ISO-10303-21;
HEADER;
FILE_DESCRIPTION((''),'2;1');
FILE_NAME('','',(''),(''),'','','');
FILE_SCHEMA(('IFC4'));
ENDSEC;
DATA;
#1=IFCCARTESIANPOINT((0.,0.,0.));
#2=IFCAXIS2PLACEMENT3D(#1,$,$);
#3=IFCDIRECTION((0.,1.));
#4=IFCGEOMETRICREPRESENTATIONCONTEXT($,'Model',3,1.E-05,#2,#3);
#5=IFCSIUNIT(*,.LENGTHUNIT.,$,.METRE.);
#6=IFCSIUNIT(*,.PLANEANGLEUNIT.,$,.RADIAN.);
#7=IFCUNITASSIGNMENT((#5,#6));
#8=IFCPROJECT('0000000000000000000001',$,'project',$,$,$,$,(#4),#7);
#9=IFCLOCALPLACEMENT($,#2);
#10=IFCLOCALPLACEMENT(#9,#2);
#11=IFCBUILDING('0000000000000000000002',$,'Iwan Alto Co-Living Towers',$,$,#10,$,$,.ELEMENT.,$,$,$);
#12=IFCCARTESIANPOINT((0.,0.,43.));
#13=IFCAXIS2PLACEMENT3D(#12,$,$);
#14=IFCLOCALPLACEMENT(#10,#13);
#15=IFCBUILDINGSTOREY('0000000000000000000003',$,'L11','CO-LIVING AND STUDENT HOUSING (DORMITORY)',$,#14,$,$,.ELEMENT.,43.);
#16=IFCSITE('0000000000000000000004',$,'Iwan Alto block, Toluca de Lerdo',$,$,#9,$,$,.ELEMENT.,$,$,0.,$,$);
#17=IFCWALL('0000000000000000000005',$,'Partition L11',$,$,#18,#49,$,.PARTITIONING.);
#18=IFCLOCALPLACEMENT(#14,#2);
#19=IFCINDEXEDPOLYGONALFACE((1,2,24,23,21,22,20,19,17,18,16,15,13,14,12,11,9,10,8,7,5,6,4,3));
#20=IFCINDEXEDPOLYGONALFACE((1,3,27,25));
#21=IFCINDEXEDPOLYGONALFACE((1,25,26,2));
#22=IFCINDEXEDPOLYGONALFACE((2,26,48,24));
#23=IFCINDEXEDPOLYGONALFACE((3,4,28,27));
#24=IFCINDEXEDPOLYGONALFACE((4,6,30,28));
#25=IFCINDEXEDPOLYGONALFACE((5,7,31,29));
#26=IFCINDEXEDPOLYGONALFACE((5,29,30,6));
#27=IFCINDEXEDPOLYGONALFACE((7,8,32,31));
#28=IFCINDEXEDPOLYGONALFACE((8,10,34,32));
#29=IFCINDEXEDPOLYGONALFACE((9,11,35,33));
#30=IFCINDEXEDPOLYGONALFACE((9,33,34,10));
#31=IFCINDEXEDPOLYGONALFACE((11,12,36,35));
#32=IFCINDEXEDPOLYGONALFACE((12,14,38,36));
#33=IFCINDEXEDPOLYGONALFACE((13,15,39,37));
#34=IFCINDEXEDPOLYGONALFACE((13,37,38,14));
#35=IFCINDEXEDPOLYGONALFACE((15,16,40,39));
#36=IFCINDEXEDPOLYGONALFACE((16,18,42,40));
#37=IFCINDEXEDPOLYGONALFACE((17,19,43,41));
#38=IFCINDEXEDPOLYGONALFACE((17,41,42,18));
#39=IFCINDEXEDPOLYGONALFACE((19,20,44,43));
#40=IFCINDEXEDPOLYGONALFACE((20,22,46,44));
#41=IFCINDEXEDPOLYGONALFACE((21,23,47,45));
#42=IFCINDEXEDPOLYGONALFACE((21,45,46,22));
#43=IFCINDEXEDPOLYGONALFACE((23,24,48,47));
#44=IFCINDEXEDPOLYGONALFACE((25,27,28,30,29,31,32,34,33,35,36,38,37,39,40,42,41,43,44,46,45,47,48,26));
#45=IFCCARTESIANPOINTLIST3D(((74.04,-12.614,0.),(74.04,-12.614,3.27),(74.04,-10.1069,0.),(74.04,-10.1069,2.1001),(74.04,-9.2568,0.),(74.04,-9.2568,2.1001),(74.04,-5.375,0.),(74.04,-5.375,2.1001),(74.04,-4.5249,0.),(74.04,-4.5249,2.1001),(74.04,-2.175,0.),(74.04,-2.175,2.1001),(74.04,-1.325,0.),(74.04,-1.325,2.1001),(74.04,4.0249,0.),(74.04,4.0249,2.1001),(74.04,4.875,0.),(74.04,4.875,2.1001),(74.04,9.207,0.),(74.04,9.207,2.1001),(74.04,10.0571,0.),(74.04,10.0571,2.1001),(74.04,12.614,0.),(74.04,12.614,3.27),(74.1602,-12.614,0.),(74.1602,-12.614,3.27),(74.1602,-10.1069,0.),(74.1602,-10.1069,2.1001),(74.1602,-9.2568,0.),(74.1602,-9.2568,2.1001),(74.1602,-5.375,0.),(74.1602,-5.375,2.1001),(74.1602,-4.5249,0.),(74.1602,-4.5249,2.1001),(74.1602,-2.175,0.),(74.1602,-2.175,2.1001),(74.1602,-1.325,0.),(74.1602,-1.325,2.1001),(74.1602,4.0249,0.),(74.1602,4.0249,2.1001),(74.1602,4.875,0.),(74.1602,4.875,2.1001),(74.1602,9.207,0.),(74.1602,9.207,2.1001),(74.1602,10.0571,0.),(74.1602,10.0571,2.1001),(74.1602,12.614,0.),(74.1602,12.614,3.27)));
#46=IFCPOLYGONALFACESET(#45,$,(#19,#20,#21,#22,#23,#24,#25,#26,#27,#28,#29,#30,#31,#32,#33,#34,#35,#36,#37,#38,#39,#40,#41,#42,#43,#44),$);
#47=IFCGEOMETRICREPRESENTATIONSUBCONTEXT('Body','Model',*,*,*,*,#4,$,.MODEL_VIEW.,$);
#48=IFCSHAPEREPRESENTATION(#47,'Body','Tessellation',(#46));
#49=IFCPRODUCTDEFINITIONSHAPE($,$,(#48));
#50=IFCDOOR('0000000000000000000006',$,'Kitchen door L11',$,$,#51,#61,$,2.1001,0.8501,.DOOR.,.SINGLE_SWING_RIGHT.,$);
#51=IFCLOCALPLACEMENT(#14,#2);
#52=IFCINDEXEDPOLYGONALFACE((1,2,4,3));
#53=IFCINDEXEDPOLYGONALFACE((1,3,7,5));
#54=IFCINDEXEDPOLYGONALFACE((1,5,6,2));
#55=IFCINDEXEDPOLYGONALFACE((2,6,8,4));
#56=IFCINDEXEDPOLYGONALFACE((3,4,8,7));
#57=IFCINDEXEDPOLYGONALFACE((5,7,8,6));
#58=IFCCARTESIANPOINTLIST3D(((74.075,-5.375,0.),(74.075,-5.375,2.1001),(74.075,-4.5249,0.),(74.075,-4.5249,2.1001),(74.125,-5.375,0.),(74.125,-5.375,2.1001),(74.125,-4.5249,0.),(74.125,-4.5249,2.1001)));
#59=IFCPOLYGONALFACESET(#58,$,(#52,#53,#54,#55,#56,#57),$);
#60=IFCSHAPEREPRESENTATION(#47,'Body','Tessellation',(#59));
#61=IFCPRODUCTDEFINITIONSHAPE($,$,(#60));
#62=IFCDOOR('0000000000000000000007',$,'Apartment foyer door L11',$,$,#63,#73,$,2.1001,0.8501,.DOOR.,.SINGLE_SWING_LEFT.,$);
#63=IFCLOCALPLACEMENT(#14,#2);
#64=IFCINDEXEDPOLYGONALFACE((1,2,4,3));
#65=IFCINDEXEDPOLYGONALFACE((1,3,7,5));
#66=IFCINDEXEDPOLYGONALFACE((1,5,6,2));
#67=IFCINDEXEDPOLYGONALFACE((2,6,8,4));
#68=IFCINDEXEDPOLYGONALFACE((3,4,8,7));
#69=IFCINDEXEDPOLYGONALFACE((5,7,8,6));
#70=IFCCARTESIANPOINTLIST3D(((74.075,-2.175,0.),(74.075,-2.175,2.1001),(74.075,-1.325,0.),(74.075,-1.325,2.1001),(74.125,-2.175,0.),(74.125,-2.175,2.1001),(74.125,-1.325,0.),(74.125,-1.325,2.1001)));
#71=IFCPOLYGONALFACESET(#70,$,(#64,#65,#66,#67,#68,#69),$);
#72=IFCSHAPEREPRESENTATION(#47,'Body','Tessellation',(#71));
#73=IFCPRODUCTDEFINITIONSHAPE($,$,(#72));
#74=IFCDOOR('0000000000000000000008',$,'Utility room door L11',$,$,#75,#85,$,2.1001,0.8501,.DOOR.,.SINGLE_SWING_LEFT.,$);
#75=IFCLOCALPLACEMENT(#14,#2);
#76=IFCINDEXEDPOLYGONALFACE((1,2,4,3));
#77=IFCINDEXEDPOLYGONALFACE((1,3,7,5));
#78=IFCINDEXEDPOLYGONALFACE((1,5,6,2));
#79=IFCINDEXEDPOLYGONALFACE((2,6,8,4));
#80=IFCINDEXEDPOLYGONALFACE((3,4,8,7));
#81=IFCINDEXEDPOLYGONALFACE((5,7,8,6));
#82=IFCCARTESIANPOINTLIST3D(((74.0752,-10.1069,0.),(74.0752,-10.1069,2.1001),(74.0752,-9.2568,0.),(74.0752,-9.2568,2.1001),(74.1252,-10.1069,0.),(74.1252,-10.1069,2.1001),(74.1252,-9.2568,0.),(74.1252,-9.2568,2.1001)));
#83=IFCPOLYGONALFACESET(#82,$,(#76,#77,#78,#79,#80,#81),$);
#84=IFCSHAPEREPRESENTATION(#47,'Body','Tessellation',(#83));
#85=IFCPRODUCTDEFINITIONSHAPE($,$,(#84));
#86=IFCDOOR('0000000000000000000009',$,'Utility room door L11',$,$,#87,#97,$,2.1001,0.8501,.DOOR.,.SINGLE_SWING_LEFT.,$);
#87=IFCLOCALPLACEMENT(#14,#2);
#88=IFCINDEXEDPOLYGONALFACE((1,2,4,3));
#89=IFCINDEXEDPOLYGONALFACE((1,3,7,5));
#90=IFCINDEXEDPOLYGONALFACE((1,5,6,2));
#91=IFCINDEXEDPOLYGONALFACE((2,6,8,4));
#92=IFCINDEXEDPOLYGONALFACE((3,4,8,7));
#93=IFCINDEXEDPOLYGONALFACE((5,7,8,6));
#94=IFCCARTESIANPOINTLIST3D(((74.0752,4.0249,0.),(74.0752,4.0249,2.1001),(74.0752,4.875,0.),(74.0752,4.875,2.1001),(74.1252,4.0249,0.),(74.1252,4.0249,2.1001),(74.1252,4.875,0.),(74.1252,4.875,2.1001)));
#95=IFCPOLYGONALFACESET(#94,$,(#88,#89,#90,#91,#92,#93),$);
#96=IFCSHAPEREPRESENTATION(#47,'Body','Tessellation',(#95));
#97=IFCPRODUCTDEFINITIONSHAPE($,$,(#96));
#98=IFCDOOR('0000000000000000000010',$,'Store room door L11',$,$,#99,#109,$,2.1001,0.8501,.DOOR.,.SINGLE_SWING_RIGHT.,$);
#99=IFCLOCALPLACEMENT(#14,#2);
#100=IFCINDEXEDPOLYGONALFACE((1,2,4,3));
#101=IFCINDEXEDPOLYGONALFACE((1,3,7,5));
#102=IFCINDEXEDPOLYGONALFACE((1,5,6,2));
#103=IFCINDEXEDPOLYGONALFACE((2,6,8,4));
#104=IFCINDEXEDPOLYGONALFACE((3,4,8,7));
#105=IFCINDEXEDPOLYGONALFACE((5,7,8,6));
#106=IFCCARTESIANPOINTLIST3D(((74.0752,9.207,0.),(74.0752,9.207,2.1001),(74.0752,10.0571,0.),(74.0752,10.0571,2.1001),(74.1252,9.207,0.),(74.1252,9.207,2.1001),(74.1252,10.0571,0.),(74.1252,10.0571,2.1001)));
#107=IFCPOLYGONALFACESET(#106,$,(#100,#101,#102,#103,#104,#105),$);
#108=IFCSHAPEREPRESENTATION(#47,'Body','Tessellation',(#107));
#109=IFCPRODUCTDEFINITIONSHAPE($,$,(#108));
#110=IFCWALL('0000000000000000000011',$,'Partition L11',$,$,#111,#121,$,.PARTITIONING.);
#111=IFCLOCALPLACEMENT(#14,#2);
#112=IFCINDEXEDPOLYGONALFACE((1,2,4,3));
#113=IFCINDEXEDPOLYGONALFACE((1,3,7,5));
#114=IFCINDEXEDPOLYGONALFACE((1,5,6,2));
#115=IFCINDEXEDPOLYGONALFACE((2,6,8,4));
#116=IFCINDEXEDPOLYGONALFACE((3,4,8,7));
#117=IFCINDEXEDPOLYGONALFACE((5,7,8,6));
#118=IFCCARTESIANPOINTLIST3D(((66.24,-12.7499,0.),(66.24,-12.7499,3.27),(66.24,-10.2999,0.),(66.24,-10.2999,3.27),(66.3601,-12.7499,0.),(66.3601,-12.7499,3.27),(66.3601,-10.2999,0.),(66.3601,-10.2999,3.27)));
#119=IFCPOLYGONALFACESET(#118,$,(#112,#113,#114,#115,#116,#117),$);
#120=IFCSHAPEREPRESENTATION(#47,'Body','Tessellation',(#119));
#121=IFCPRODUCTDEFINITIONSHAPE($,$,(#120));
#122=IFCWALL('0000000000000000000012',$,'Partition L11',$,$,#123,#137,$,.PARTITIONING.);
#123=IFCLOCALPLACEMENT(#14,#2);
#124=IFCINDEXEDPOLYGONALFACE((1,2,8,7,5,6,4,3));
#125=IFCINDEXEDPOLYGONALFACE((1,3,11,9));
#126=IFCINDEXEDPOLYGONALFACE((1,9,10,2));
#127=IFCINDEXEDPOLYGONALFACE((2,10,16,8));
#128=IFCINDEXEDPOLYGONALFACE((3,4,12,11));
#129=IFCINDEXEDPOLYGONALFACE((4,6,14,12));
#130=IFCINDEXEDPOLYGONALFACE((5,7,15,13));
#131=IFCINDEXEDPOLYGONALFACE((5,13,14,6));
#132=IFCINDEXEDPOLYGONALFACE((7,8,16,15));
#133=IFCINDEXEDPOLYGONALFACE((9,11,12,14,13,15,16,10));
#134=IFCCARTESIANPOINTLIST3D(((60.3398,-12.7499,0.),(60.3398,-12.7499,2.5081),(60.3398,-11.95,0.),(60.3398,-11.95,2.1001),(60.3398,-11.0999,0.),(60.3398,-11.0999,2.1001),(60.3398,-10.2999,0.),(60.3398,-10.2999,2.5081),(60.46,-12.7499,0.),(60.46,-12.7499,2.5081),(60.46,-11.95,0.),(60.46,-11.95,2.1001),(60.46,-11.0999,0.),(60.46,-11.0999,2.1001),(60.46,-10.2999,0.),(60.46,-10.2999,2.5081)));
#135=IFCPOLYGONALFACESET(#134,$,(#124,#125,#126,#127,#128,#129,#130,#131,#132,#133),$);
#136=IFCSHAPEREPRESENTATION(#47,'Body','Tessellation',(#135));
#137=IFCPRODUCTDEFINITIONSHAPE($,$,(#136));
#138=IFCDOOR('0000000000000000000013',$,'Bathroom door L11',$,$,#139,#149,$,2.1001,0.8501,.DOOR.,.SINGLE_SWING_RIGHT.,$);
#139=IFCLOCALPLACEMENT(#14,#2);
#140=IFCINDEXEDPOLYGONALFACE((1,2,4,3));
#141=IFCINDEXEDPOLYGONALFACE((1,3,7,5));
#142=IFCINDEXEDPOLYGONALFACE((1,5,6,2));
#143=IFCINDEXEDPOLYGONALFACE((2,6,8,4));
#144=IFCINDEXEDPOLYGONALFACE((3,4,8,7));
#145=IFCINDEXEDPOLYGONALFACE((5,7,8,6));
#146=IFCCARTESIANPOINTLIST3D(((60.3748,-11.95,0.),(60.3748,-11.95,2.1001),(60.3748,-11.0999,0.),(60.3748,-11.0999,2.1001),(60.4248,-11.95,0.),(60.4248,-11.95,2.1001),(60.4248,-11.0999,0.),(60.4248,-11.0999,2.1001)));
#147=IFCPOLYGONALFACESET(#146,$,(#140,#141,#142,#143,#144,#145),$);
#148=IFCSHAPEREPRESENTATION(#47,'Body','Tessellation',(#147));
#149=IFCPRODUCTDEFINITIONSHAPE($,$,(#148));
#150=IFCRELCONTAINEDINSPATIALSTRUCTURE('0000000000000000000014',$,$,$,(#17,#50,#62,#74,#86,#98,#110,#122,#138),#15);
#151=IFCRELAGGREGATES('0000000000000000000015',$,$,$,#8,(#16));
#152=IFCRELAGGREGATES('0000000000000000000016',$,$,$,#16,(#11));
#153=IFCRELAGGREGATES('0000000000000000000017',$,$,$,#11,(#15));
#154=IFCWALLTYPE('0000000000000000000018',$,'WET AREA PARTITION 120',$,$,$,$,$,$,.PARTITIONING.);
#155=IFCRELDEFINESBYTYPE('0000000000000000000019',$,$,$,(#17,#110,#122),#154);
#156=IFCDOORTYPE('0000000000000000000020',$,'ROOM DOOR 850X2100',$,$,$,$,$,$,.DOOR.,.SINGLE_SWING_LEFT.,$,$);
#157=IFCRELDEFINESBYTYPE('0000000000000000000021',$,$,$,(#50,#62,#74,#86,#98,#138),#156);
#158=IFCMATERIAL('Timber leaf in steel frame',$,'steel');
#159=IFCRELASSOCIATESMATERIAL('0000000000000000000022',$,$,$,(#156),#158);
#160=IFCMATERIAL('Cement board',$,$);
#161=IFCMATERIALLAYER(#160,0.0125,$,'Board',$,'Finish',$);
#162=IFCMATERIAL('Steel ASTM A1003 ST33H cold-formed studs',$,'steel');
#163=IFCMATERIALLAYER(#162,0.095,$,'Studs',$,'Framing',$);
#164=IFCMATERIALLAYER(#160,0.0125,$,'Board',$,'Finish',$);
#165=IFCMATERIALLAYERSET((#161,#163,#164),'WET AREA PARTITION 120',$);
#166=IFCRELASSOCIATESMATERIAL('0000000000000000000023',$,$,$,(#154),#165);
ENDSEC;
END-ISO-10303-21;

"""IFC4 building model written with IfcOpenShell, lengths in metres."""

from ifc_helpers import new_model, si_unit, direction, frame, frame_2d, origin, place, context, subcontext, project, spatial, rectangle, extrude, material, layer, layer_set, type_object, element, fill, save


model = new_model("IFC4")

# Units and contexts
model_context = context("Model", 3, precision=1e-05, world=origin(), true_north=direction((0.0, 1.0)))
body_context = subcontext(model_context, "Body", "Model", "MODEL_VIEW")
ifc_project = project(units=[si_unit("LENGTHUNIT", "METRE"), si_unit("PLANEANGLEUNIT", "RADIAN")], contexts=[model_context])

# Site, building, storey
site_placement = place(None, origin())
site = spatial("IfcSite", under=ifc_project, at=site_placement, Name="Iwan Alto block, Toluca de Lerdo", CompositionType="ELEMENT", RefElevation=0.0)
building_placement = place(site_placement, origin())
building = spatial("IfcBuilding", under=site, at=building_placement, Name="Iwan Alto Co-Living Towers", CompositionType="ELEMENT")
storey_placement = place(building_placement, frame((0.0, 0.0, 43.0)))
storey = spatial("IfcBuildingStorey", under=building, at=storey_placement, Name="L11", Description="CO-LIVING AND STUDENT HOUSING (DORMITORY)", CompositionType="ELEMENT", Elevation=43.0)

# Shared definitions
ifc_material_1 = material(Name="Steel ASTM A1003 ST33H cold-formed studs", Category="steel")

# Shared definitions
ifc_material_2 = material(Name="Timber leaf in steel frame", Category="steel")
door_type_1 = type_object("IfcDoorType", Name="ROOM DOOR 850X2100", OperationType="SINGLE_SWING_LEFT", PredefinedType="DOOR", material=ifc_material_2)

# Wall, openings, doors
ifc_material_3 = material(Name="Cement board")
ifc_layer_1 = layer(ifc_material_3, 0.0125, Name="Board", Category="Finish")
ifc_layer_2 = layer(ifc_material_1, 0.095, Name="Studs", Category="Framing")
ifc_layer_3 = layer(ifc_material_3, 0.0125, Name="Board", Category="Finish")
ifc_layer_set_1 = layer_set([ifc_layer_1, ifc_layer_2, ifc_layer_3], Name="WET AREA PARTITION 120")
wall_type_1 = type_object("IfcWallType", Name="WET AREA PARTITION 120", PredefinedType="PARTITIONING", material=ifc_layer_set_1)
wall_1_placement = place(storey_placement, frame((74.1001, -12.614, 0.0), z_axis=(0.0, 0.0, 1.0), x_axis=(0.0, 1.0, 0.0)))
wall_1 = element("IfcWall", 1, at=wall_1_placement, inside=storey, type_object=wall_type_1, Name="Partition L11", PredefinedType="PARTITIONING", context=body_context, shape_type="SweptSolid", body=[
    extrude(rectangle(XDim=25.228, YDim=0.1201, at=frame_2d((12.614, 0.0))), origin(), (0.0, 0.0, 1.0), 3.27),
])
opening_1_placement = place(wall_1_placement, frame((7.239, 0.0, 0.0)))
opening_1 = element("IfcOpeningElement", 2, at=opening_1_placement, cuts=wall_1, PredefinedType="OPENING", context=body_context, shape_type="SweptSolid", body=[
    extrude(rectangle(XDim=0.8501, YDim=2.1001, at=frame_2d((0.425, 1.05))), frame((0.0, 0.0701, 0.0), z_axis=(0.0, -1.0, 0.0), x_axis=(1.0, 0.0, 0.0)), (0.0, 0.0, 1.0), 0.1401),
])
opening_2_placement = place(wall_1_placement, frame((10.439, 0.0, 0.0)))
opening_2 = element("IfcOpeningElement", 3, at=opening_2_placement, cuts=wall_1, PredefinedType="OPENING", context=body_context, shape_type="SweptSolid", body=[
    extrude(rectangle(XDim=0.8501, YDim=2.1001, at=frame_2d((0.425, 1.05))), frame((0.0, 0.0701, 0.0), z_axis=(0.0, -1.0, 0.0), x_axis=(1.0, 0.0, 0.0)), (0.0, 0.0, 1.0), 0.1401),
])
opening_3_placement = place(wall_1_placement, frame((2.5071, 0.0, 0.0)))
opening_3 = element("IfcOpeningElement", 4, at=opening_3_placement, cuts=wall_1, PredefinedType="OPENING", context=body_context, shape_type="SweptSolid", body=[
    extrude(rectangle(XDim=0.8501, YDim=2.1001, at=frame_2d((0.425, 1.05))), frame((0.0, 0.0701, 0.0), z_axis=(0.0, -1.0, 0.0), x_axis=(1.0, 0.0, 0.0)), (0.0, 0.0, 1.0), 0.1401),
])
opening_4_placement = place(wall_1_placement, frame((16.6389, 0.0, 0.0)))
opening_4 = element("IfcOpeningElement", 5, at=opening_4_placement, cuts=wall_1, PredefinedType="OPENING", context=body_context, shape_type="SweptSolid", body=[
    extrude(rectangle(XDim=0.8501, YDim=2.1001, at=frame_2d((0.425, 1.05))), frame((0.0, 0.0701, 0.0), z_axis=(0.0, -1.0, 0.0), x_axis=(1.0, 0.0, 0.0)), (0.0, 0.0, 1.0), 0.1401),
])
opening_5_placement = place(wall_1_placement, frame((21.821, 0.0, 0.0)))
opening_5 = element("IfcOpeningElement", 6, at=opening_5_placement, cuts=wall_1, PredefinedType="OPENING", context=body_context, shape_type="SweptSolid", body=[
    extrude(rectangle(XDim=0.8501, YDim=2.1001, at=frame_2d((0.425, 1.05))), frame((0.0, 0.0701, 0.0), z_axis=(0.0, -1.0, 0.0), x_axis=(1.0, 0.0, 0.0)), (0.0, 0.0, 1.0), 0.1401),
])
door_1_placement = place(opening_1_placement, frame((0.8501, 0.0, 0.0), z_axis=(0.0, 0.0, 1.0), x_axis=(-1.0, 0.0, 0.0)))
door_1 = element("IfcDoor", 7, at=door_1_placement, inside=storey, type_object=door_type_1, Name="Kitchen door L11", OperationType="SINGLE_SWING_RIGHT", OverallHeight=2.1001, OverallWidth=0.8501, PredefinedType="DOOR", context=body_context, shape_type="SweptSolid", body=[
    extrude(rectangle(XDim=0.8501, YDim=2.1001, at=frame_2d((0.425, 1.05))), frame((0.0, 0.0249, 0.0), z_axis=(0.0, -1.0, 0.0), x_axis=(1.0, 0.0, 0.0)), (0.0, 0.0, 1.0), 0.05),
])
fill(opening_1, door_1)
door_2_placement = place(opening_2_placement, frame((0.8501, 0.0, 0.0), z_axis=(0.0, 0.0, 1.0), x_axis=(-1.0, 0.0, 0.0)))
door_2 = element("IfcDoor", 8, at=door_2_placement, inside=storey, type_object=door_type_1, Name="Apartment foyer door L11", OperationType="SINGLE_SWING_LEFT", OverallHeight=2.1001, OverallWidth=0.8501, PredefinedType="DOOR", context=body_context, shape_type="SweptSolid", body=[
    extrude(rectangle(XDim=0.8501, YDim=2.1001, at=frame_2d((0.425, 1.05))), frame((0.0, 0.0249, 0.0), z_axis=(0.0, -1.0, 0.0), x_axis=(1.0, 0.0, 0.0)), (0.0, 0.0, 1.0), 0.05),
])
fill(opening_2, door_2)
door_3_placement = place(opening_3_placement, origin())
door_3 = element("IfcDoor", 9, at=door_3_placement, inside=storey, type_object=door_type_1, Name="Utility room door L11", OperationType="SINGLE_SWING_LEFT", OverallHeight=2.1001, OverallWidth=0.8501, PredefinedType="DOOR", context=body_context, shape_type="SweptSolid", body=[
    extrude(rectangle(XDim=0.8501, YDim=2.1001, at=frame_2d((0.425, 1.05))), frame((0.0, 0.0249, 0.0), z_axis=(0.0, -1.0, 0.0), x_axis=(1.0, 0.0, 0.0)), (0.0, 0.0, 1.0), 0.05),
])
fill(opening_3, door_3)
door_4_placement = place(opening_4_placement, origin())
door_4 = element("IfcDoor", 10, at=door_4_placement, inside=storey, type_object=door_type_1, Name="Utility room door L11", OperationType="SINGLE_SWING_LEFT", OverallHeight=2.1001, OverallWidth=0.8501, PredefinedType="DOOR", context=body_context, shape_type="SweptSolid", body=[
    extrude(rectangle(XDim=0.8501, YDim=2.1001, at=frame_2d((0.425, 1.05))), frame((0.0, 0.0249, 0.0), z_axis=(0.0, -1.0, 0.0), x_axis=(1.0, 0.0, 0.0)), (0.0, 0.0, 1.0), 0.05),
])
fill(opening_4, door_4)
door_5_placement = place(opening_5_placement, origin())
door_5 = element("IfcDoor", 11, at=door_5_placement, inside=storey, type_object=door_type_1, Name="Store room door L11", OperationType="SINGLE_SWING_RIGHT", OverallHeight=2.1001, OverallWidth=0.8501, PredefinedType="DOOR", context=body_context, shape_type="SweptSolid", body=[
    extrude(rectangle(XDim=0.8501, YDim=2.1001, at=frame_2d((0.425, 1.05))), frame((0.0, 0.0249, 0.0), z_axis=(0.0, -1.0, 0.0), x_axis=(1.0, 0.0, 0.0)), (0.0, 0.0, 1.0), 0.05),
])
fill(opening_5, door_5)

# Wall
wall_2_placement = place(storey_placement, frame((66.3, -12.75, 0.0), z_axis=(0.0, 0.0, 1.0), x_axis=(0.0, 1.0, 0.0)))
element("IfcWall", 12, at=wall_2_placement, inside=storey, type_object=wall_type_1, Name="Partition L11", PredefinedType="PARTITIONING", context=body_context, shape_type="SweptSolid", body=[
    extrude(rectangle(XDim=2.45, YDim=0.1201, at=frame_2d((1.2251, 0.0))), origin(), (0.0, 0.0, 1.0), 3.27),
])

# Wall, opening, door
wall_3_placement = place(storey_placement, frame((60.3999, -12.75, 0.0), z_axis=(0.0, 0.0, 1.0), x_axis=(0.0, 1.0, 0.0)))
wall_3 = element("IfcWall", 13, at=wall_3_placement, inside=storey, type_object=wall_type_1, Name="Partition L11", PredefinedType="PARTITIONING", context=body_context, shape_type="SweptSolid", body=[
    extrude(rectangle(XDim=2.45, YDim=0.1201, at=frame_2d((1.2251, 0.0))), origin(), (0.0, 0.0, 1.0), 2.5081),
])
opening_6_placement = place(wall_3_placement, frame((0.8, 0.0, 0.0)))
opening_6 = element("IfcOpeningElement", 14, at=opening_6_placement, cuts=wall_3, PredefinedType="OPENING", context=body_context, shape_type="SweptSolid", body=[
    extrude(rectangle(XDim=0.8501, YDim=2.1001, at=frame_2d((0.425, 1.05))), frame((0.0, 0.0701, 0.0), z_axis=(0.0, -1.0, 0.0), x_axis=(1.0, 0.0, 0.0)), (0.0, 0.0, 1.0), 0.1401),
])
door_6_placement = place(opening_6_placement, frame((0.8501, 0.0, 0.0), z_axis=(0.0, 0.0, 1.0), x_axis=(-1.0, 0.0, 0.0)))
door_6 = element("IfcDoor", 15, at=door_6_placement, inside=storey, type_object=door_type_1, Name="Bathroom door L11", OperationType="SINGLE_SWING_RIGHT", OverallHeight=2.1001, OverallWidth=0.8501, PredefinedType="DOOR", context=body_context, shape_type="SweptSolid", body=[
    extrude(rectangle(XDim=0.8501, YDim=2.1001, at=frame_2d((0.425, 1.05))), frame((0.0, 0.0249, 0.0), z_axis=(0.0, -1.0, 0.0), x_axis=(1.0, 0.0, 0.0)), (0.0, 0.0, 1.0), 0.05),
])
fill(opening_6, door_6)

save(model, "model.ifc")
